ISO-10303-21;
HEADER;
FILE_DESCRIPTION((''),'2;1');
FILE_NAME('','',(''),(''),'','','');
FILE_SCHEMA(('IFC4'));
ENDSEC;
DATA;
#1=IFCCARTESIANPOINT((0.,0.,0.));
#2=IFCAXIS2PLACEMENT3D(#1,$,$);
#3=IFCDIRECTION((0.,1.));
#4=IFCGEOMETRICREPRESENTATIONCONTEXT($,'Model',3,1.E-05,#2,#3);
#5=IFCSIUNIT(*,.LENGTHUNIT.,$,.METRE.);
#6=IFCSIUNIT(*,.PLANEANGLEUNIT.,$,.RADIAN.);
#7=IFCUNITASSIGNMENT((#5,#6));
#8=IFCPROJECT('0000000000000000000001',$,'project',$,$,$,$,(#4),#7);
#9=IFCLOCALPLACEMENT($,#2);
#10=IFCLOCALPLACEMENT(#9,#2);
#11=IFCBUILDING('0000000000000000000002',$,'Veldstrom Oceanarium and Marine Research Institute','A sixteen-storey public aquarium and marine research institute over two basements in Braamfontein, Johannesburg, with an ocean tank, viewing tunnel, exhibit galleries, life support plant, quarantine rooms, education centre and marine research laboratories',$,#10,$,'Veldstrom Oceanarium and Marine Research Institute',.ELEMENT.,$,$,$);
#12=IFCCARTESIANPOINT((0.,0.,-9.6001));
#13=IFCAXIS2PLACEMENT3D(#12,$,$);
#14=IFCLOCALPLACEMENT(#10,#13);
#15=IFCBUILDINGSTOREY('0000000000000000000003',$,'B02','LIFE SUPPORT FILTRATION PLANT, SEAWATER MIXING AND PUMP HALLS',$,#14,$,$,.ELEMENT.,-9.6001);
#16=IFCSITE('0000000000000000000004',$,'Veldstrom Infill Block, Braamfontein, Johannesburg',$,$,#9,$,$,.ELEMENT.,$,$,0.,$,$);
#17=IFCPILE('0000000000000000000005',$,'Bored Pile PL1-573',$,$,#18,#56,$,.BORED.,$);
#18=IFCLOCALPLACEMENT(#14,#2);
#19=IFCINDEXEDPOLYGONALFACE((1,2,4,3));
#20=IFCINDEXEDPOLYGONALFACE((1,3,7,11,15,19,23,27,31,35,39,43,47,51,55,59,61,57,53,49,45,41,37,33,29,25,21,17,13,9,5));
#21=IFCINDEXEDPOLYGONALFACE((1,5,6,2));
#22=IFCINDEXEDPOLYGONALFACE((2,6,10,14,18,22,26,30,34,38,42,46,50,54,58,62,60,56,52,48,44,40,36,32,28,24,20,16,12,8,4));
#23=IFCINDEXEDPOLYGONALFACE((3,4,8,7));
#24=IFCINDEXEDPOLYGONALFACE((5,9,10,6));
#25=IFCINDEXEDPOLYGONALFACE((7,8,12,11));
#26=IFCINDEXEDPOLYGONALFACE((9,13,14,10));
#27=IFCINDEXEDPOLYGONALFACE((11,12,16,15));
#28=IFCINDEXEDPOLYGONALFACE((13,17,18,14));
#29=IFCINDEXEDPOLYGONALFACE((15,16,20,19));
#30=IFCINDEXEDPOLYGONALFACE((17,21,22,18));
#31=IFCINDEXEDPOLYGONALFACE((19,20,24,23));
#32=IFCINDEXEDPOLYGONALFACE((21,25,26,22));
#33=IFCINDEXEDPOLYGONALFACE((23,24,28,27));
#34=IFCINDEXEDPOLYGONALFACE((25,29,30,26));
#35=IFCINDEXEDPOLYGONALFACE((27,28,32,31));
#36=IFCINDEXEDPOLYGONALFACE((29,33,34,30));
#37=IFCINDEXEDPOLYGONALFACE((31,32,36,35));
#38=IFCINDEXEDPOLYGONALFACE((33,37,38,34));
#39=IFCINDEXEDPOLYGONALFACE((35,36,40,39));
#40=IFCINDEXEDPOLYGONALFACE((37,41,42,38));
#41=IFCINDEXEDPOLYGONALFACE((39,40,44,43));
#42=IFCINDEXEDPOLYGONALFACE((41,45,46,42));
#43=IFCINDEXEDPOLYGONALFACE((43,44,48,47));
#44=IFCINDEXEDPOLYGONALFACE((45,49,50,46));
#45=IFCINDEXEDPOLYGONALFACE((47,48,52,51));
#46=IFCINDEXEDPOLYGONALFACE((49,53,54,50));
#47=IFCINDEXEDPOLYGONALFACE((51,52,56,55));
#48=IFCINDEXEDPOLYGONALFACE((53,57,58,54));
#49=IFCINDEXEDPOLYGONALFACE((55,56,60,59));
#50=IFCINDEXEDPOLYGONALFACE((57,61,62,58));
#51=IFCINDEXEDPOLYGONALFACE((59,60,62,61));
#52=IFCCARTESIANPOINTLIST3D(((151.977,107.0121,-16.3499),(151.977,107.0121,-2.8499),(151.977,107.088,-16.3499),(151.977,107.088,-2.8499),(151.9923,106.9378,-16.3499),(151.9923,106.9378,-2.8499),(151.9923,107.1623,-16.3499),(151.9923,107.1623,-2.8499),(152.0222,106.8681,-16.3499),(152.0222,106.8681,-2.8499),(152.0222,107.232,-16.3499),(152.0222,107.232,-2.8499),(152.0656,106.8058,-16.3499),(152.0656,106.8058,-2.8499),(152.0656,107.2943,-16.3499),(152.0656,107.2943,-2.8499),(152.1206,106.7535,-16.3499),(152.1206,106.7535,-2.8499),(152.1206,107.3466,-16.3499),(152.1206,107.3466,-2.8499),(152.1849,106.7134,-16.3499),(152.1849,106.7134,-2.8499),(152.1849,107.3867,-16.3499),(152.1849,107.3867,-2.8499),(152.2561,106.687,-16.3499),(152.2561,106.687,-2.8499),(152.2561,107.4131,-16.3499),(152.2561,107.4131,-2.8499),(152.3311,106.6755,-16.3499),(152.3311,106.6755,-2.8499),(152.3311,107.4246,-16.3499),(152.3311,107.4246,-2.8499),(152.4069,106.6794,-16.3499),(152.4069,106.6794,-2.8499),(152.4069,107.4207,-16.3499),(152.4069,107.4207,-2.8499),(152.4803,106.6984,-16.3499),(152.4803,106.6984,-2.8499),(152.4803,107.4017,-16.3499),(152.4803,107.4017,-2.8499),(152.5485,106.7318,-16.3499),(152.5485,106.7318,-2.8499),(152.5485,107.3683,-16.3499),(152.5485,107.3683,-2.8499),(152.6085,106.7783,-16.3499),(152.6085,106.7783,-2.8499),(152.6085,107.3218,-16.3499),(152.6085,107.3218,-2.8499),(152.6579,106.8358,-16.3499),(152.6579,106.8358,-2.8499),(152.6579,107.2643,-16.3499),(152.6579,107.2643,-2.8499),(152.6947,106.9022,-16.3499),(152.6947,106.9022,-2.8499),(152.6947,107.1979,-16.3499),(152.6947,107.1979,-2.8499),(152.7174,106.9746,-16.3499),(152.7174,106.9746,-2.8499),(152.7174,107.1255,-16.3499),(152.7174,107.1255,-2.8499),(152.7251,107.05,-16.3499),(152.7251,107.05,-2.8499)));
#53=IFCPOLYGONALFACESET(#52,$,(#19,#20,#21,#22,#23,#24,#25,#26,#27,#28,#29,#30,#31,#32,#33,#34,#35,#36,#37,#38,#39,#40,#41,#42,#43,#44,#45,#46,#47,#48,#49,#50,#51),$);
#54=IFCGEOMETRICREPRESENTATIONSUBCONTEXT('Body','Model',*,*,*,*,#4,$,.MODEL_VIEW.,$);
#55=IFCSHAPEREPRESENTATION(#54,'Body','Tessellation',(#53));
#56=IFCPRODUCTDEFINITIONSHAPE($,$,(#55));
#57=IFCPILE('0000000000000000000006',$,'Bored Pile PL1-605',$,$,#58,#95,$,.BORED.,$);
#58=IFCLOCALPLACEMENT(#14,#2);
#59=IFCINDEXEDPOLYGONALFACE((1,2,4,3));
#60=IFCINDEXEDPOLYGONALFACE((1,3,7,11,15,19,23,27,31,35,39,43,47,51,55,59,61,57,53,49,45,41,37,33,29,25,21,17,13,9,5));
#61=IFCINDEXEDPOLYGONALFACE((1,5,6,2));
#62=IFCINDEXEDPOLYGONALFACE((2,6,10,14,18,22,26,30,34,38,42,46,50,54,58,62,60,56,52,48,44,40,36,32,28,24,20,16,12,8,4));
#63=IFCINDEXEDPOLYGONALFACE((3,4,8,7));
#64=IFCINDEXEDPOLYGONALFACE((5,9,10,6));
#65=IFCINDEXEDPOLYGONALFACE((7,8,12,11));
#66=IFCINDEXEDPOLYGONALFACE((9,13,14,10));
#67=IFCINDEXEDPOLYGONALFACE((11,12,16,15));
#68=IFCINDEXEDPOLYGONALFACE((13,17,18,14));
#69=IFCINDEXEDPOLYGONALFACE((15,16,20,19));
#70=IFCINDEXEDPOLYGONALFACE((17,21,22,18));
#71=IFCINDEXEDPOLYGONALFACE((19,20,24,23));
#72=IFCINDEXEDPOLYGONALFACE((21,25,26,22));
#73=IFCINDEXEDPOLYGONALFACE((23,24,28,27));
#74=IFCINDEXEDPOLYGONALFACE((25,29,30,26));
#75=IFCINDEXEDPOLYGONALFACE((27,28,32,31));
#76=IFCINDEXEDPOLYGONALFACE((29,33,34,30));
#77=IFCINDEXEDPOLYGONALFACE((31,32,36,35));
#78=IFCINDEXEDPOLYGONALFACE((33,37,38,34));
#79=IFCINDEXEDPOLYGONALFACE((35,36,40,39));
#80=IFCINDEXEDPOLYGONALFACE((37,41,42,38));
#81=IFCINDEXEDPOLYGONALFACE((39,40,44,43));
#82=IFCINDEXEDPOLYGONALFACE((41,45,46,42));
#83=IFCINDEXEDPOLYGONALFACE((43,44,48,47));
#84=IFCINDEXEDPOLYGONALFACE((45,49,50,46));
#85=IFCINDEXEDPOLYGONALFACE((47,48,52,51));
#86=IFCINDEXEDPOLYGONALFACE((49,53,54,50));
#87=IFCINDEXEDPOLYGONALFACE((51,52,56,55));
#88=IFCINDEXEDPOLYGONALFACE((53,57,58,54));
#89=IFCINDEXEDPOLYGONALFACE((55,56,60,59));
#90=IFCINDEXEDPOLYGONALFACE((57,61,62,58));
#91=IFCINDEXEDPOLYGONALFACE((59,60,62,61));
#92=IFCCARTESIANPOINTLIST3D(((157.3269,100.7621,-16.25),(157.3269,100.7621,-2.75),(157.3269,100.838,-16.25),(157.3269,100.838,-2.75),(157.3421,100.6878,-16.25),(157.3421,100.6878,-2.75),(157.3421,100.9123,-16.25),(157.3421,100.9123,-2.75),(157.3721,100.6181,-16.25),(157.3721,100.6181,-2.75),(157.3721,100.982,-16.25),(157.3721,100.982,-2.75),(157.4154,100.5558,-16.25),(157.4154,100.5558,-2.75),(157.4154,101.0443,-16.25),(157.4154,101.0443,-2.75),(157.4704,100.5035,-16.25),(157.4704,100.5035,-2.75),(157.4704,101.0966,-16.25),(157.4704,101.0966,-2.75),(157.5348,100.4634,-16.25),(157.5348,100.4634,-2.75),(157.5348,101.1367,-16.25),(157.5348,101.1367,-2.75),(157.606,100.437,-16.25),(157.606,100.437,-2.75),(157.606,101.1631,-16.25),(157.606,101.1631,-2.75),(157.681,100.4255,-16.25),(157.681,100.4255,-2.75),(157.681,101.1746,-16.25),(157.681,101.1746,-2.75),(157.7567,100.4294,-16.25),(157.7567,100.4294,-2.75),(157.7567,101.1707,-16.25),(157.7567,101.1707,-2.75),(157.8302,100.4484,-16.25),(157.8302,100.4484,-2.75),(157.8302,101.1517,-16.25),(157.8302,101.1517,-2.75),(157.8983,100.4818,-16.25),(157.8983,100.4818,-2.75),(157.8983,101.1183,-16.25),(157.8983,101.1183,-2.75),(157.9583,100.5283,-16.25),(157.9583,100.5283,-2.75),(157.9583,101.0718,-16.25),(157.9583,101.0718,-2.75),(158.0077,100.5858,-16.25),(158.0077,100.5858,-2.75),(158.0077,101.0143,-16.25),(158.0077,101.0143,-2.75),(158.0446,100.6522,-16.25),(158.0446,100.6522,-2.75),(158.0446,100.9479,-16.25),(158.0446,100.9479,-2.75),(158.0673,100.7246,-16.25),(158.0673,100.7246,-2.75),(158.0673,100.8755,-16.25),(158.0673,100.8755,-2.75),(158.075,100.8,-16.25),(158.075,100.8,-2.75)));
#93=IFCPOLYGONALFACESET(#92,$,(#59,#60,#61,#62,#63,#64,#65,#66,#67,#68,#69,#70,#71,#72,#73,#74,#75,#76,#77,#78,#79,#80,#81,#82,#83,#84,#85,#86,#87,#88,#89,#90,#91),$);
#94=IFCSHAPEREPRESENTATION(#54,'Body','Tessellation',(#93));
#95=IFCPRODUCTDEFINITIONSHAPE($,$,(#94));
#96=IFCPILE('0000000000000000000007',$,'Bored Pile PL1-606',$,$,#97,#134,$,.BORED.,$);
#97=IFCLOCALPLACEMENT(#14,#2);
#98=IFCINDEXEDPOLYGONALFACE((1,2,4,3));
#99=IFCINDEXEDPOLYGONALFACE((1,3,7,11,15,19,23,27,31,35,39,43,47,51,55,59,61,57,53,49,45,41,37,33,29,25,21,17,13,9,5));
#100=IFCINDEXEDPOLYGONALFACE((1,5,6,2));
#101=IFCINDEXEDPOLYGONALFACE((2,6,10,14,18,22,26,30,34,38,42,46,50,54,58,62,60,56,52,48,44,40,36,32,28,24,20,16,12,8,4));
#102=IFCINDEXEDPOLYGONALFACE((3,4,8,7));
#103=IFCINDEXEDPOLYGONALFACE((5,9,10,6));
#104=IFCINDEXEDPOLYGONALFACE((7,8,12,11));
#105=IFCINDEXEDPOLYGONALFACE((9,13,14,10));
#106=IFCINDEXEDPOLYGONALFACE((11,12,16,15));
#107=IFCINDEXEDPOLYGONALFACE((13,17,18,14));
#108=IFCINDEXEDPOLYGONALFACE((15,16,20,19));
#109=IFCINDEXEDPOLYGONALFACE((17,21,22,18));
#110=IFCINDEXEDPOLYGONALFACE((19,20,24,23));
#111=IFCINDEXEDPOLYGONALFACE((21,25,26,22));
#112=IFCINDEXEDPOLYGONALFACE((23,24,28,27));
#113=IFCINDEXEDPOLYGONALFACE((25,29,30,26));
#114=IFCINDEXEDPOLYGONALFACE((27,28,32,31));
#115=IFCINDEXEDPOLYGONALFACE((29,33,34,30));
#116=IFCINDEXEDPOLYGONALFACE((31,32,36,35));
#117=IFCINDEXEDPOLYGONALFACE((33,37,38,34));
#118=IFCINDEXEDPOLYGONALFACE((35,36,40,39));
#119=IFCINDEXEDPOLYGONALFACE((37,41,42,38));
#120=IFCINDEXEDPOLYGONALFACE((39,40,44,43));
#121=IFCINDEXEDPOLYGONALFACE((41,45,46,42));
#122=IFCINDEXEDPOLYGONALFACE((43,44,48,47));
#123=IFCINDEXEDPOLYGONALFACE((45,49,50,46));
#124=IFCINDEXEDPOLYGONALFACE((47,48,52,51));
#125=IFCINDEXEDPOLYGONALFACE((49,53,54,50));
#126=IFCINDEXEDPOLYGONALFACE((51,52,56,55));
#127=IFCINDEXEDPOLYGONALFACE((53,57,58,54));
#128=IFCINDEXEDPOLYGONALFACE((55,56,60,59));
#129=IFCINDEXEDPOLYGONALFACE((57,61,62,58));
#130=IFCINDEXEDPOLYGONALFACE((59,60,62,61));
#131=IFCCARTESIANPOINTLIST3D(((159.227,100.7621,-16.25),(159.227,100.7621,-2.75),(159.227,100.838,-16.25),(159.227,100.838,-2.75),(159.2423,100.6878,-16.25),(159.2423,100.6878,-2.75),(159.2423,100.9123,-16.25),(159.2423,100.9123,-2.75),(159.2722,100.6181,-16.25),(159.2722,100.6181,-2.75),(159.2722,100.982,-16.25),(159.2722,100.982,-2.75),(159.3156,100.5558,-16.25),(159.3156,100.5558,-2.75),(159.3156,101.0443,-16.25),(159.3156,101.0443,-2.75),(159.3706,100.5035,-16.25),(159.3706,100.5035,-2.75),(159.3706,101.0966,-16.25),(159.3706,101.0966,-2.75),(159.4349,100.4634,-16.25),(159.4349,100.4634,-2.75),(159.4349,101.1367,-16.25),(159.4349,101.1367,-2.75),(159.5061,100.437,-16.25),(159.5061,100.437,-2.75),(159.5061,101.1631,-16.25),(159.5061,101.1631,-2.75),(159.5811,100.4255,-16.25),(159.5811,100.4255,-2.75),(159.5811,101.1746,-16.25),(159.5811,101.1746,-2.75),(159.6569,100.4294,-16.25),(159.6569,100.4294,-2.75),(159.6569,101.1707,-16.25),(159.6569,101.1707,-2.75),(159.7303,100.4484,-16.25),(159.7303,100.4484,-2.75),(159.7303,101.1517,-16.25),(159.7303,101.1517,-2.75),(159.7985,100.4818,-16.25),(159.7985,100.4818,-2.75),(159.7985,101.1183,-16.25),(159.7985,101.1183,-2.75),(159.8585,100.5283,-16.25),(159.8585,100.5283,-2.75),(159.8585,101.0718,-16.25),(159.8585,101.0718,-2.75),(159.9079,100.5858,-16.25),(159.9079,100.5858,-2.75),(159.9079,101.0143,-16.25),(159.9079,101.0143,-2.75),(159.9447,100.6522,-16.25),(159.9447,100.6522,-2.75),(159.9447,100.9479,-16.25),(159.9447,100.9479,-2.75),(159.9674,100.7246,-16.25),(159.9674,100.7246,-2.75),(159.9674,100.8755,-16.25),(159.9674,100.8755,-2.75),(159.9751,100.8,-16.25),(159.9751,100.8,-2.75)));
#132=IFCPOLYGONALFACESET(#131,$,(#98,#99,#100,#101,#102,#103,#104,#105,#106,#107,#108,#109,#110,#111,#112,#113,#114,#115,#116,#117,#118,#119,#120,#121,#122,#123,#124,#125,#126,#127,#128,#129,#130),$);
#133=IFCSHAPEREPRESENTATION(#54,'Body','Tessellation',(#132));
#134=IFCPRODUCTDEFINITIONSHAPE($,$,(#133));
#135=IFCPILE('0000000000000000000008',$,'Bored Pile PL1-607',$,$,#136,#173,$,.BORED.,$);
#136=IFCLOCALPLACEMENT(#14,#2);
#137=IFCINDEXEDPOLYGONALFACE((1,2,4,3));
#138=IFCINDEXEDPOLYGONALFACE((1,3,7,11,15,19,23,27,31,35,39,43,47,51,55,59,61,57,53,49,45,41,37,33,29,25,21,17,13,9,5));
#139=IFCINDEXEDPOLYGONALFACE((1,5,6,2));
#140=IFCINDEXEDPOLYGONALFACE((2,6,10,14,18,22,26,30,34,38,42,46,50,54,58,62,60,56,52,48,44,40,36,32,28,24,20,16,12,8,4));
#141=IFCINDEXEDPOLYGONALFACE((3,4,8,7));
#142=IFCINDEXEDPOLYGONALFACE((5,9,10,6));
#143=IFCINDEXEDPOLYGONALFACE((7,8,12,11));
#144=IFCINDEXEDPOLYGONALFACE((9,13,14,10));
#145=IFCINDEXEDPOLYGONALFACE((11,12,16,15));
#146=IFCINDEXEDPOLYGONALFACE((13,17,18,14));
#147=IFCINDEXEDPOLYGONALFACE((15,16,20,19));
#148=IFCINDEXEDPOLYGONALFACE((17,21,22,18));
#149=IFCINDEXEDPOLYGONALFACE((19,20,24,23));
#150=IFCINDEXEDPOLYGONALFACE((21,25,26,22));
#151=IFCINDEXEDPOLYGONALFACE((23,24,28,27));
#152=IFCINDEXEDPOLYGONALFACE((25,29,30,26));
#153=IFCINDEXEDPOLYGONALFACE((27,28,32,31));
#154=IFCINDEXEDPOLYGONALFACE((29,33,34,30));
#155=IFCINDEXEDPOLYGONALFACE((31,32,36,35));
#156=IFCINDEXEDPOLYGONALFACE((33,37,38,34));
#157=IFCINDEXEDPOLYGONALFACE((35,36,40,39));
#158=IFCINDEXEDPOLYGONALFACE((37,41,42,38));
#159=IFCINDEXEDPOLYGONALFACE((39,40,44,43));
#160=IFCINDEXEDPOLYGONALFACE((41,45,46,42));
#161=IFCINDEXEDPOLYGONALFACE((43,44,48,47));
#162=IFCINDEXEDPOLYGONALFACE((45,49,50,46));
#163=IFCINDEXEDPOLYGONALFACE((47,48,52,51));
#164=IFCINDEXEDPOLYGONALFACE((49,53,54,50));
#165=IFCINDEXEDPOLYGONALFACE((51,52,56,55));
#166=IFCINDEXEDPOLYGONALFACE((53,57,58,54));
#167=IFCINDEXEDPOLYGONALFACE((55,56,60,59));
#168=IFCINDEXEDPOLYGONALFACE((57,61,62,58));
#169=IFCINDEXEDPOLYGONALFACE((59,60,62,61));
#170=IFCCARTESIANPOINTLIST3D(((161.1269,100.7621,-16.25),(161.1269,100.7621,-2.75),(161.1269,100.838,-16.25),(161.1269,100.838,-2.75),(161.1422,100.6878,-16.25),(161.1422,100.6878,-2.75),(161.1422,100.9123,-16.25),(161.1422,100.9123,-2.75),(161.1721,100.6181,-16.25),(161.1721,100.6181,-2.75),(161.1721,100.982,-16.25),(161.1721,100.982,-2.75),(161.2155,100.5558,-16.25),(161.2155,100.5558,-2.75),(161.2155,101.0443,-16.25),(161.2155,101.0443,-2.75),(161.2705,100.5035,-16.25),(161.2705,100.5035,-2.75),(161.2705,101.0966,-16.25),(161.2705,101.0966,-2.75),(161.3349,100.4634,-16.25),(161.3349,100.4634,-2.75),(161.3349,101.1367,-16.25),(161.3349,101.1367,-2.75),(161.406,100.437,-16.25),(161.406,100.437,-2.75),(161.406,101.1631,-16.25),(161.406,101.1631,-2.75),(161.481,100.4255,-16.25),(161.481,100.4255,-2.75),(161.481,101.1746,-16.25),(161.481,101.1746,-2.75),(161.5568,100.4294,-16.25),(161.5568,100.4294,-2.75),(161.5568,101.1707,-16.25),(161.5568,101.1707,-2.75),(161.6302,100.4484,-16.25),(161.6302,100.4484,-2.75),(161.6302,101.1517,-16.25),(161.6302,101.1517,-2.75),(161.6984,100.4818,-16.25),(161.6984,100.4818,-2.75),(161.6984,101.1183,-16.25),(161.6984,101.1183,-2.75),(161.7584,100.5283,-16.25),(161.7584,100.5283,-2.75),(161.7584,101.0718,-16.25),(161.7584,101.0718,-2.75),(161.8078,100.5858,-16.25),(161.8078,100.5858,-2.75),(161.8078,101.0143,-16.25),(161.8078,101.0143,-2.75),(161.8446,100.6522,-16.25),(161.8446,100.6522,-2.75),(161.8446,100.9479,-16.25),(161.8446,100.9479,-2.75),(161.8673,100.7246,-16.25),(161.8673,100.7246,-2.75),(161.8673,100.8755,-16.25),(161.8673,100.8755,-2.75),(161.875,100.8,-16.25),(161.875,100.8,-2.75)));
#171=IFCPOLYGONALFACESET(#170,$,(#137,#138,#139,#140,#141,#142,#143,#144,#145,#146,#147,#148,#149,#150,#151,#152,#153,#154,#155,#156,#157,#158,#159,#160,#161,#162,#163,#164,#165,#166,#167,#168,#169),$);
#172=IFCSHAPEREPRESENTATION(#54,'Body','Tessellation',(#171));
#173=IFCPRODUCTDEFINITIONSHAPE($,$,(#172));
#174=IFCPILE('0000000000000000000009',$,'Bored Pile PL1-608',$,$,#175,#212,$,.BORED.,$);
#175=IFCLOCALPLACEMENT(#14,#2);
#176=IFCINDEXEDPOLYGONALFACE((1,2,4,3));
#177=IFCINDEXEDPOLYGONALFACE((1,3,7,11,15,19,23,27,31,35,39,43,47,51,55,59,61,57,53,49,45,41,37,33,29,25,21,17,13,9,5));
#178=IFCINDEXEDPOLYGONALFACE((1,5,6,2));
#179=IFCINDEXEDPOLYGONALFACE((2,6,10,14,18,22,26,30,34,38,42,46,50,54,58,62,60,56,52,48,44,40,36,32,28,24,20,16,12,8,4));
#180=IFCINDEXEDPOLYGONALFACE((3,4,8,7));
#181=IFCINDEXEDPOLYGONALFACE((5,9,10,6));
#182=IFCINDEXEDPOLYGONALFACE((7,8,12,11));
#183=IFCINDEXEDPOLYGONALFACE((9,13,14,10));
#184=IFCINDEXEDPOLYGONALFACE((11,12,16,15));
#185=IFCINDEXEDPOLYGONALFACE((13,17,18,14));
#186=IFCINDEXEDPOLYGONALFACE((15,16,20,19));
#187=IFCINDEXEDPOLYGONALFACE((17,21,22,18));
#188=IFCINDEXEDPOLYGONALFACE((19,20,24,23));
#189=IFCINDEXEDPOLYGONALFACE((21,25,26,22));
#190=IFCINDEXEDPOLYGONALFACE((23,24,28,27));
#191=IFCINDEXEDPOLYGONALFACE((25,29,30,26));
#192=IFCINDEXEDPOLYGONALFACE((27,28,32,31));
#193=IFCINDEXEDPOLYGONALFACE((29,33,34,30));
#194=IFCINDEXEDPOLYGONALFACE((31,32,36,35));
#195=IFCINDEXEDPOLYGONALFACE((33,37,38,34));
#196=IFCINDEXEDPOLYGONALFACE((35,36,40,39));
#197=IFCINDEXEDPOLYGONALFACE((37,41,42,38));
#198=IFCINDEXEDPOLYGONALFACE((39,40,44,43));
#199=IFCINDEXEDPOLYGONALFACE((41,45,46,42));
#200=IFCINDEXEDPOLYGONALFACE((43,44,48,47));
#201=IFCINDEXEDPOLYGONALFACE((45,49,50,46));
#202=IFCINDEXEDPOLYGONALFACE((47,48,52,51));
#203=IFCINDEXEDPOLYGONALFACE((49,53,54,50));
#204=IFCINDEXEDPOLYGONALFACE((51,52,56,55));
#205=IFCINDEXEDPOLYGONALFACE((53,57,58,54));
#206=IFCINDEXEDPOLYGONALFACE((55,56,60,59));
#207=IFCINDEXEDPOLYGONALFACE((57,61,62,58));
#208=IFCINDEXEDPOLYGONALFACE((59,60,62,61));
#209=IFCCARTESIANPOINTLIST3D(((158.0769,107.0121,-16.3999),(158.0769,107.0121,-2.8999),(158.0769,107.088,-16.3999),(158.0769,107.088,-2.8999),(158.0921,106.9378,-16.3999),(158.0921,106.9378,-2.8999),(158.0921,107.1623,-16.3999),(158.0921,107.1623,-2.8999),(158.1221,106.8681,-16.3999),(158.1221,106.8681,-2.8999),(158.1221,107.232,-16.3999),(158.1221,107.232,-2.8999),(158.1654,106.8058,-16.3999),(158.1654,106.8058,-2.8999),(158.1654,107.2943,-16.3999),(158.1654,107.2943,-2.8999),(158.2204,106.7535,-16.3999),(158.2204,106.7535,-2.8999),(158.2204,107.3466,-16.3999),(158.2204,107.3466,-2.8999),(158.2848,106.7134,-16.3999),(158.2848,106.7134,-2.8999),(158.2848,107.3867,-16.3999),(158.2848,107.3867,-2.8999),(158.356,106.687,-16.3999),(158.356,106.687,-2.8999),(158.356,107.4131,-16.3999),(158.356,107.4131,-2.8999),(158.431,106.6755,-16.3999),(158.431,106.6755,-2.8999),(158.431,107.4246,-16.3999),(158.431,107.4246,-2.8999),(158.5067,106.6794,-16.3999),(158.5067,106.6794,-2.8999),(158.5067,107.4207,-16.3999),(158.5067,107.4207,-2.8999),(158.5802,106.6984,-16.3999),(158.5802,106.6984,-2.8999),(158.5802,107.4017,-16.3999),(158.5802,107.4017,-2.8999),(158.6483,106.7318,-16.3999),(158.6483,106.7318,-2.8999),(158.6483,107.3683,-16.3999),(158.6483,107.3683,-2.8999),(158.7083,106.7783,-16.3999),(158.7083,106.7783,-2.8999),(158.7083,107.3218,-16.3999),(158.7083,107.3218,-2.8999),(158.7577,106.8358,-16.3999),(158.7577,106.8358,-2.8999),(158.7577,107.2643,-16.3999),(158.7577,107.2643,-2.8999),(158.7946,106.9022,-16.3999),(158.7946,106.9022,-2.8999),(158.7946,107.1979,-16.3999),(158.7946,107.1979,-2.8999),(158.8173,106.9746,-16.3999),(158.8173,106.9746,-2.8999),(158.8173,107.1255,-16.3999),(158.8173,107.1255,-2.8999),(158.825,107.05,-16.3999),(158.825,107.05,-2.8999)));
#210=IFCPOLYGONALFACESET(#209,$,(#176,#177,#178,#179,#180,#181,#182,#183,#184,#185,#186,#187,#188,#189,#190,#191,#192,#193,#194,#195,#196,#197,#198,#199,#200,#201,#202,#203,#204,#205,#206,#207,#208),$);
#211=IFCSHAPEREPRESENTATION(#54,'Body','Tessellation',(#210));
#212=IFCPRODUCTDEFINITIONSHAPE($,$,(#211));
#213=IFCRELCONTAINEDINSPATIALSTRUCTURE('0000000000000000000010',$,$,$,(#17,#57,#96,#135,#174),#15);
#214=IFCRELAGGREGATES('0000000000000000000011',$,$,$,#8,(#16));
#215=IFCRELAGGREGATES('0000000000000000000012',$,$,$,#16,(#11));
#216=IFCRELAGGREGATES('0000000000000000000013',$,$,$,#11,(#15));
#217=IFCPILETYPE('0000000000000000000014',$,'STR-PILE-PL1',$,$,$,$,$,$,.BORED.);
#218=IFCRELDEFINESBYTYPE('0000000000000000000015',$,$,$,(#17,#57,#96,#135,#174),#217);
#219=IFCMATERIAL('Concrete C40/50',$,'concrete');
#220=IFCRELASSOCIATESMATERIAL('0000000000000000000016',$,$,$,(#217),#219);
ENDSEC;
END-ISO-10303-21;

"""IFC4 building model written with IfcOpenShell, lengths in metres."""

from ifc_helpers import new_model, si_unit, direction, frame, origin, origin_2d, place, context, subcontext, project, spatial, circle, extrude, material, material_profile, profile_set, type_object, element, save


model = new_model("IFC4")

# Units and contexts
model_context = context("Model", 3, precision=1e-05, world=origin(), true_north=direction((0.0, 1.0)))
body_context = subcontext(model_context, "Body", "Model", "MODEL_VIEW")
ifc_project = project(units=[si_unit("LENGTHUNIT", "METRE"), si_unit("PLANEANGLEUNIT", "RADIAN")], contexts=[model_context])

# Site, building, storey
site_placement = place(None, origin())
site = spatial("IfcSite", under=ifc_project, at=site_placement, Name="Veldstrom Infill Block, Braamfontein, Johannesburg", CompositionType="ELEMENT", RefElevation=0.0)
building_placement = place(site_placement, origin())
building = spatial("IfcBuilding", under=site, at=building_placement, Name="Veldstrom Oceanarium and Marine Research Institute", Description="A sixteen-storey public aquarium and marine research institute over two basements in Braamfontein, Johannesburg, with an ocean tank, viewing tunnel, exhibit galleries, life support plant, quarantine rooms, education centre and marine research laboratories", LongName="Veldstrom Oceanarium and Marine Research Institute", CompositionType="ELEMENT")
storey_placement = place(building_placement, frame((0.0, 0.0, -9.6001)))
storey = spatial("IfcBuildingStorey", under=building, at=storey_placement, Name="B02", Description="LIFE SUPPORT FILTRATION PLANT, SEAWATER MIXING AND PUMP HALLS", CompositionType="ELEMENT", Elevation=-9.6001)

# Piles
ifc_material_1 = material(Name="Concrete C40/50", Category="concrete")
ifc_material_profile_1 = material_profile(ifc_material_1, circle(Radius=0.375, at=origin_2d()), Name="PILE-D750")
ifc_profile_set_1 = profile_set([ifc_material_profile_1], Name="Concrete C40/50")
pile_type = type_object("IfcPileType", Name="STR-PILE-PL1", PredefinedType="BORED", material=ifc_profile_set_1)
for number, where, z_axis, x_axis, name in (
    (1, (152.3501, 107.05, -2.8499), (0.0, 0.0, -1.0), (1.0, 0.0, 0.0), "Bored Pile PL1-573"),
    (2, (157.7, 100.8, -2.75), (0.0, 0.0, -1.0), (1.0, 0.0, 0.0), "Bored Pile PL1-605"),
    (3, (159.6001, 100.8, -2.75), (0.0, 0.0, -1.0), (1.0, 0.0, 0.0), "Bored Pile PL1-606"),
    (4, (161.5, 100.8, -2.75), (0.0, 0.0, -1.0), (1.0, 0.0, 0.0), "Bored Pile PL1-607"),
    (5, (158.45, 107.05, -2.8999), (0.0, 0.0, -1.0), (1.0, 0.0, 0.0), "Bored Pile PL1-608"),
):
    element("IfcPile", number, at=place(storey_placement, frame(where, z_axis=z_axis, x_axis=x_axis)), inside=storey, type_object=pile_type, Name=name, PredefinedType="BORED", context=body_context, shape_type="SweptSolid", body=[
        extrude(circle(Radius=0.375, at=origin_2d()), origin(), (0.0, 0.0, 1.0), 13.5),
    ])

save(model, "model.ifc")
